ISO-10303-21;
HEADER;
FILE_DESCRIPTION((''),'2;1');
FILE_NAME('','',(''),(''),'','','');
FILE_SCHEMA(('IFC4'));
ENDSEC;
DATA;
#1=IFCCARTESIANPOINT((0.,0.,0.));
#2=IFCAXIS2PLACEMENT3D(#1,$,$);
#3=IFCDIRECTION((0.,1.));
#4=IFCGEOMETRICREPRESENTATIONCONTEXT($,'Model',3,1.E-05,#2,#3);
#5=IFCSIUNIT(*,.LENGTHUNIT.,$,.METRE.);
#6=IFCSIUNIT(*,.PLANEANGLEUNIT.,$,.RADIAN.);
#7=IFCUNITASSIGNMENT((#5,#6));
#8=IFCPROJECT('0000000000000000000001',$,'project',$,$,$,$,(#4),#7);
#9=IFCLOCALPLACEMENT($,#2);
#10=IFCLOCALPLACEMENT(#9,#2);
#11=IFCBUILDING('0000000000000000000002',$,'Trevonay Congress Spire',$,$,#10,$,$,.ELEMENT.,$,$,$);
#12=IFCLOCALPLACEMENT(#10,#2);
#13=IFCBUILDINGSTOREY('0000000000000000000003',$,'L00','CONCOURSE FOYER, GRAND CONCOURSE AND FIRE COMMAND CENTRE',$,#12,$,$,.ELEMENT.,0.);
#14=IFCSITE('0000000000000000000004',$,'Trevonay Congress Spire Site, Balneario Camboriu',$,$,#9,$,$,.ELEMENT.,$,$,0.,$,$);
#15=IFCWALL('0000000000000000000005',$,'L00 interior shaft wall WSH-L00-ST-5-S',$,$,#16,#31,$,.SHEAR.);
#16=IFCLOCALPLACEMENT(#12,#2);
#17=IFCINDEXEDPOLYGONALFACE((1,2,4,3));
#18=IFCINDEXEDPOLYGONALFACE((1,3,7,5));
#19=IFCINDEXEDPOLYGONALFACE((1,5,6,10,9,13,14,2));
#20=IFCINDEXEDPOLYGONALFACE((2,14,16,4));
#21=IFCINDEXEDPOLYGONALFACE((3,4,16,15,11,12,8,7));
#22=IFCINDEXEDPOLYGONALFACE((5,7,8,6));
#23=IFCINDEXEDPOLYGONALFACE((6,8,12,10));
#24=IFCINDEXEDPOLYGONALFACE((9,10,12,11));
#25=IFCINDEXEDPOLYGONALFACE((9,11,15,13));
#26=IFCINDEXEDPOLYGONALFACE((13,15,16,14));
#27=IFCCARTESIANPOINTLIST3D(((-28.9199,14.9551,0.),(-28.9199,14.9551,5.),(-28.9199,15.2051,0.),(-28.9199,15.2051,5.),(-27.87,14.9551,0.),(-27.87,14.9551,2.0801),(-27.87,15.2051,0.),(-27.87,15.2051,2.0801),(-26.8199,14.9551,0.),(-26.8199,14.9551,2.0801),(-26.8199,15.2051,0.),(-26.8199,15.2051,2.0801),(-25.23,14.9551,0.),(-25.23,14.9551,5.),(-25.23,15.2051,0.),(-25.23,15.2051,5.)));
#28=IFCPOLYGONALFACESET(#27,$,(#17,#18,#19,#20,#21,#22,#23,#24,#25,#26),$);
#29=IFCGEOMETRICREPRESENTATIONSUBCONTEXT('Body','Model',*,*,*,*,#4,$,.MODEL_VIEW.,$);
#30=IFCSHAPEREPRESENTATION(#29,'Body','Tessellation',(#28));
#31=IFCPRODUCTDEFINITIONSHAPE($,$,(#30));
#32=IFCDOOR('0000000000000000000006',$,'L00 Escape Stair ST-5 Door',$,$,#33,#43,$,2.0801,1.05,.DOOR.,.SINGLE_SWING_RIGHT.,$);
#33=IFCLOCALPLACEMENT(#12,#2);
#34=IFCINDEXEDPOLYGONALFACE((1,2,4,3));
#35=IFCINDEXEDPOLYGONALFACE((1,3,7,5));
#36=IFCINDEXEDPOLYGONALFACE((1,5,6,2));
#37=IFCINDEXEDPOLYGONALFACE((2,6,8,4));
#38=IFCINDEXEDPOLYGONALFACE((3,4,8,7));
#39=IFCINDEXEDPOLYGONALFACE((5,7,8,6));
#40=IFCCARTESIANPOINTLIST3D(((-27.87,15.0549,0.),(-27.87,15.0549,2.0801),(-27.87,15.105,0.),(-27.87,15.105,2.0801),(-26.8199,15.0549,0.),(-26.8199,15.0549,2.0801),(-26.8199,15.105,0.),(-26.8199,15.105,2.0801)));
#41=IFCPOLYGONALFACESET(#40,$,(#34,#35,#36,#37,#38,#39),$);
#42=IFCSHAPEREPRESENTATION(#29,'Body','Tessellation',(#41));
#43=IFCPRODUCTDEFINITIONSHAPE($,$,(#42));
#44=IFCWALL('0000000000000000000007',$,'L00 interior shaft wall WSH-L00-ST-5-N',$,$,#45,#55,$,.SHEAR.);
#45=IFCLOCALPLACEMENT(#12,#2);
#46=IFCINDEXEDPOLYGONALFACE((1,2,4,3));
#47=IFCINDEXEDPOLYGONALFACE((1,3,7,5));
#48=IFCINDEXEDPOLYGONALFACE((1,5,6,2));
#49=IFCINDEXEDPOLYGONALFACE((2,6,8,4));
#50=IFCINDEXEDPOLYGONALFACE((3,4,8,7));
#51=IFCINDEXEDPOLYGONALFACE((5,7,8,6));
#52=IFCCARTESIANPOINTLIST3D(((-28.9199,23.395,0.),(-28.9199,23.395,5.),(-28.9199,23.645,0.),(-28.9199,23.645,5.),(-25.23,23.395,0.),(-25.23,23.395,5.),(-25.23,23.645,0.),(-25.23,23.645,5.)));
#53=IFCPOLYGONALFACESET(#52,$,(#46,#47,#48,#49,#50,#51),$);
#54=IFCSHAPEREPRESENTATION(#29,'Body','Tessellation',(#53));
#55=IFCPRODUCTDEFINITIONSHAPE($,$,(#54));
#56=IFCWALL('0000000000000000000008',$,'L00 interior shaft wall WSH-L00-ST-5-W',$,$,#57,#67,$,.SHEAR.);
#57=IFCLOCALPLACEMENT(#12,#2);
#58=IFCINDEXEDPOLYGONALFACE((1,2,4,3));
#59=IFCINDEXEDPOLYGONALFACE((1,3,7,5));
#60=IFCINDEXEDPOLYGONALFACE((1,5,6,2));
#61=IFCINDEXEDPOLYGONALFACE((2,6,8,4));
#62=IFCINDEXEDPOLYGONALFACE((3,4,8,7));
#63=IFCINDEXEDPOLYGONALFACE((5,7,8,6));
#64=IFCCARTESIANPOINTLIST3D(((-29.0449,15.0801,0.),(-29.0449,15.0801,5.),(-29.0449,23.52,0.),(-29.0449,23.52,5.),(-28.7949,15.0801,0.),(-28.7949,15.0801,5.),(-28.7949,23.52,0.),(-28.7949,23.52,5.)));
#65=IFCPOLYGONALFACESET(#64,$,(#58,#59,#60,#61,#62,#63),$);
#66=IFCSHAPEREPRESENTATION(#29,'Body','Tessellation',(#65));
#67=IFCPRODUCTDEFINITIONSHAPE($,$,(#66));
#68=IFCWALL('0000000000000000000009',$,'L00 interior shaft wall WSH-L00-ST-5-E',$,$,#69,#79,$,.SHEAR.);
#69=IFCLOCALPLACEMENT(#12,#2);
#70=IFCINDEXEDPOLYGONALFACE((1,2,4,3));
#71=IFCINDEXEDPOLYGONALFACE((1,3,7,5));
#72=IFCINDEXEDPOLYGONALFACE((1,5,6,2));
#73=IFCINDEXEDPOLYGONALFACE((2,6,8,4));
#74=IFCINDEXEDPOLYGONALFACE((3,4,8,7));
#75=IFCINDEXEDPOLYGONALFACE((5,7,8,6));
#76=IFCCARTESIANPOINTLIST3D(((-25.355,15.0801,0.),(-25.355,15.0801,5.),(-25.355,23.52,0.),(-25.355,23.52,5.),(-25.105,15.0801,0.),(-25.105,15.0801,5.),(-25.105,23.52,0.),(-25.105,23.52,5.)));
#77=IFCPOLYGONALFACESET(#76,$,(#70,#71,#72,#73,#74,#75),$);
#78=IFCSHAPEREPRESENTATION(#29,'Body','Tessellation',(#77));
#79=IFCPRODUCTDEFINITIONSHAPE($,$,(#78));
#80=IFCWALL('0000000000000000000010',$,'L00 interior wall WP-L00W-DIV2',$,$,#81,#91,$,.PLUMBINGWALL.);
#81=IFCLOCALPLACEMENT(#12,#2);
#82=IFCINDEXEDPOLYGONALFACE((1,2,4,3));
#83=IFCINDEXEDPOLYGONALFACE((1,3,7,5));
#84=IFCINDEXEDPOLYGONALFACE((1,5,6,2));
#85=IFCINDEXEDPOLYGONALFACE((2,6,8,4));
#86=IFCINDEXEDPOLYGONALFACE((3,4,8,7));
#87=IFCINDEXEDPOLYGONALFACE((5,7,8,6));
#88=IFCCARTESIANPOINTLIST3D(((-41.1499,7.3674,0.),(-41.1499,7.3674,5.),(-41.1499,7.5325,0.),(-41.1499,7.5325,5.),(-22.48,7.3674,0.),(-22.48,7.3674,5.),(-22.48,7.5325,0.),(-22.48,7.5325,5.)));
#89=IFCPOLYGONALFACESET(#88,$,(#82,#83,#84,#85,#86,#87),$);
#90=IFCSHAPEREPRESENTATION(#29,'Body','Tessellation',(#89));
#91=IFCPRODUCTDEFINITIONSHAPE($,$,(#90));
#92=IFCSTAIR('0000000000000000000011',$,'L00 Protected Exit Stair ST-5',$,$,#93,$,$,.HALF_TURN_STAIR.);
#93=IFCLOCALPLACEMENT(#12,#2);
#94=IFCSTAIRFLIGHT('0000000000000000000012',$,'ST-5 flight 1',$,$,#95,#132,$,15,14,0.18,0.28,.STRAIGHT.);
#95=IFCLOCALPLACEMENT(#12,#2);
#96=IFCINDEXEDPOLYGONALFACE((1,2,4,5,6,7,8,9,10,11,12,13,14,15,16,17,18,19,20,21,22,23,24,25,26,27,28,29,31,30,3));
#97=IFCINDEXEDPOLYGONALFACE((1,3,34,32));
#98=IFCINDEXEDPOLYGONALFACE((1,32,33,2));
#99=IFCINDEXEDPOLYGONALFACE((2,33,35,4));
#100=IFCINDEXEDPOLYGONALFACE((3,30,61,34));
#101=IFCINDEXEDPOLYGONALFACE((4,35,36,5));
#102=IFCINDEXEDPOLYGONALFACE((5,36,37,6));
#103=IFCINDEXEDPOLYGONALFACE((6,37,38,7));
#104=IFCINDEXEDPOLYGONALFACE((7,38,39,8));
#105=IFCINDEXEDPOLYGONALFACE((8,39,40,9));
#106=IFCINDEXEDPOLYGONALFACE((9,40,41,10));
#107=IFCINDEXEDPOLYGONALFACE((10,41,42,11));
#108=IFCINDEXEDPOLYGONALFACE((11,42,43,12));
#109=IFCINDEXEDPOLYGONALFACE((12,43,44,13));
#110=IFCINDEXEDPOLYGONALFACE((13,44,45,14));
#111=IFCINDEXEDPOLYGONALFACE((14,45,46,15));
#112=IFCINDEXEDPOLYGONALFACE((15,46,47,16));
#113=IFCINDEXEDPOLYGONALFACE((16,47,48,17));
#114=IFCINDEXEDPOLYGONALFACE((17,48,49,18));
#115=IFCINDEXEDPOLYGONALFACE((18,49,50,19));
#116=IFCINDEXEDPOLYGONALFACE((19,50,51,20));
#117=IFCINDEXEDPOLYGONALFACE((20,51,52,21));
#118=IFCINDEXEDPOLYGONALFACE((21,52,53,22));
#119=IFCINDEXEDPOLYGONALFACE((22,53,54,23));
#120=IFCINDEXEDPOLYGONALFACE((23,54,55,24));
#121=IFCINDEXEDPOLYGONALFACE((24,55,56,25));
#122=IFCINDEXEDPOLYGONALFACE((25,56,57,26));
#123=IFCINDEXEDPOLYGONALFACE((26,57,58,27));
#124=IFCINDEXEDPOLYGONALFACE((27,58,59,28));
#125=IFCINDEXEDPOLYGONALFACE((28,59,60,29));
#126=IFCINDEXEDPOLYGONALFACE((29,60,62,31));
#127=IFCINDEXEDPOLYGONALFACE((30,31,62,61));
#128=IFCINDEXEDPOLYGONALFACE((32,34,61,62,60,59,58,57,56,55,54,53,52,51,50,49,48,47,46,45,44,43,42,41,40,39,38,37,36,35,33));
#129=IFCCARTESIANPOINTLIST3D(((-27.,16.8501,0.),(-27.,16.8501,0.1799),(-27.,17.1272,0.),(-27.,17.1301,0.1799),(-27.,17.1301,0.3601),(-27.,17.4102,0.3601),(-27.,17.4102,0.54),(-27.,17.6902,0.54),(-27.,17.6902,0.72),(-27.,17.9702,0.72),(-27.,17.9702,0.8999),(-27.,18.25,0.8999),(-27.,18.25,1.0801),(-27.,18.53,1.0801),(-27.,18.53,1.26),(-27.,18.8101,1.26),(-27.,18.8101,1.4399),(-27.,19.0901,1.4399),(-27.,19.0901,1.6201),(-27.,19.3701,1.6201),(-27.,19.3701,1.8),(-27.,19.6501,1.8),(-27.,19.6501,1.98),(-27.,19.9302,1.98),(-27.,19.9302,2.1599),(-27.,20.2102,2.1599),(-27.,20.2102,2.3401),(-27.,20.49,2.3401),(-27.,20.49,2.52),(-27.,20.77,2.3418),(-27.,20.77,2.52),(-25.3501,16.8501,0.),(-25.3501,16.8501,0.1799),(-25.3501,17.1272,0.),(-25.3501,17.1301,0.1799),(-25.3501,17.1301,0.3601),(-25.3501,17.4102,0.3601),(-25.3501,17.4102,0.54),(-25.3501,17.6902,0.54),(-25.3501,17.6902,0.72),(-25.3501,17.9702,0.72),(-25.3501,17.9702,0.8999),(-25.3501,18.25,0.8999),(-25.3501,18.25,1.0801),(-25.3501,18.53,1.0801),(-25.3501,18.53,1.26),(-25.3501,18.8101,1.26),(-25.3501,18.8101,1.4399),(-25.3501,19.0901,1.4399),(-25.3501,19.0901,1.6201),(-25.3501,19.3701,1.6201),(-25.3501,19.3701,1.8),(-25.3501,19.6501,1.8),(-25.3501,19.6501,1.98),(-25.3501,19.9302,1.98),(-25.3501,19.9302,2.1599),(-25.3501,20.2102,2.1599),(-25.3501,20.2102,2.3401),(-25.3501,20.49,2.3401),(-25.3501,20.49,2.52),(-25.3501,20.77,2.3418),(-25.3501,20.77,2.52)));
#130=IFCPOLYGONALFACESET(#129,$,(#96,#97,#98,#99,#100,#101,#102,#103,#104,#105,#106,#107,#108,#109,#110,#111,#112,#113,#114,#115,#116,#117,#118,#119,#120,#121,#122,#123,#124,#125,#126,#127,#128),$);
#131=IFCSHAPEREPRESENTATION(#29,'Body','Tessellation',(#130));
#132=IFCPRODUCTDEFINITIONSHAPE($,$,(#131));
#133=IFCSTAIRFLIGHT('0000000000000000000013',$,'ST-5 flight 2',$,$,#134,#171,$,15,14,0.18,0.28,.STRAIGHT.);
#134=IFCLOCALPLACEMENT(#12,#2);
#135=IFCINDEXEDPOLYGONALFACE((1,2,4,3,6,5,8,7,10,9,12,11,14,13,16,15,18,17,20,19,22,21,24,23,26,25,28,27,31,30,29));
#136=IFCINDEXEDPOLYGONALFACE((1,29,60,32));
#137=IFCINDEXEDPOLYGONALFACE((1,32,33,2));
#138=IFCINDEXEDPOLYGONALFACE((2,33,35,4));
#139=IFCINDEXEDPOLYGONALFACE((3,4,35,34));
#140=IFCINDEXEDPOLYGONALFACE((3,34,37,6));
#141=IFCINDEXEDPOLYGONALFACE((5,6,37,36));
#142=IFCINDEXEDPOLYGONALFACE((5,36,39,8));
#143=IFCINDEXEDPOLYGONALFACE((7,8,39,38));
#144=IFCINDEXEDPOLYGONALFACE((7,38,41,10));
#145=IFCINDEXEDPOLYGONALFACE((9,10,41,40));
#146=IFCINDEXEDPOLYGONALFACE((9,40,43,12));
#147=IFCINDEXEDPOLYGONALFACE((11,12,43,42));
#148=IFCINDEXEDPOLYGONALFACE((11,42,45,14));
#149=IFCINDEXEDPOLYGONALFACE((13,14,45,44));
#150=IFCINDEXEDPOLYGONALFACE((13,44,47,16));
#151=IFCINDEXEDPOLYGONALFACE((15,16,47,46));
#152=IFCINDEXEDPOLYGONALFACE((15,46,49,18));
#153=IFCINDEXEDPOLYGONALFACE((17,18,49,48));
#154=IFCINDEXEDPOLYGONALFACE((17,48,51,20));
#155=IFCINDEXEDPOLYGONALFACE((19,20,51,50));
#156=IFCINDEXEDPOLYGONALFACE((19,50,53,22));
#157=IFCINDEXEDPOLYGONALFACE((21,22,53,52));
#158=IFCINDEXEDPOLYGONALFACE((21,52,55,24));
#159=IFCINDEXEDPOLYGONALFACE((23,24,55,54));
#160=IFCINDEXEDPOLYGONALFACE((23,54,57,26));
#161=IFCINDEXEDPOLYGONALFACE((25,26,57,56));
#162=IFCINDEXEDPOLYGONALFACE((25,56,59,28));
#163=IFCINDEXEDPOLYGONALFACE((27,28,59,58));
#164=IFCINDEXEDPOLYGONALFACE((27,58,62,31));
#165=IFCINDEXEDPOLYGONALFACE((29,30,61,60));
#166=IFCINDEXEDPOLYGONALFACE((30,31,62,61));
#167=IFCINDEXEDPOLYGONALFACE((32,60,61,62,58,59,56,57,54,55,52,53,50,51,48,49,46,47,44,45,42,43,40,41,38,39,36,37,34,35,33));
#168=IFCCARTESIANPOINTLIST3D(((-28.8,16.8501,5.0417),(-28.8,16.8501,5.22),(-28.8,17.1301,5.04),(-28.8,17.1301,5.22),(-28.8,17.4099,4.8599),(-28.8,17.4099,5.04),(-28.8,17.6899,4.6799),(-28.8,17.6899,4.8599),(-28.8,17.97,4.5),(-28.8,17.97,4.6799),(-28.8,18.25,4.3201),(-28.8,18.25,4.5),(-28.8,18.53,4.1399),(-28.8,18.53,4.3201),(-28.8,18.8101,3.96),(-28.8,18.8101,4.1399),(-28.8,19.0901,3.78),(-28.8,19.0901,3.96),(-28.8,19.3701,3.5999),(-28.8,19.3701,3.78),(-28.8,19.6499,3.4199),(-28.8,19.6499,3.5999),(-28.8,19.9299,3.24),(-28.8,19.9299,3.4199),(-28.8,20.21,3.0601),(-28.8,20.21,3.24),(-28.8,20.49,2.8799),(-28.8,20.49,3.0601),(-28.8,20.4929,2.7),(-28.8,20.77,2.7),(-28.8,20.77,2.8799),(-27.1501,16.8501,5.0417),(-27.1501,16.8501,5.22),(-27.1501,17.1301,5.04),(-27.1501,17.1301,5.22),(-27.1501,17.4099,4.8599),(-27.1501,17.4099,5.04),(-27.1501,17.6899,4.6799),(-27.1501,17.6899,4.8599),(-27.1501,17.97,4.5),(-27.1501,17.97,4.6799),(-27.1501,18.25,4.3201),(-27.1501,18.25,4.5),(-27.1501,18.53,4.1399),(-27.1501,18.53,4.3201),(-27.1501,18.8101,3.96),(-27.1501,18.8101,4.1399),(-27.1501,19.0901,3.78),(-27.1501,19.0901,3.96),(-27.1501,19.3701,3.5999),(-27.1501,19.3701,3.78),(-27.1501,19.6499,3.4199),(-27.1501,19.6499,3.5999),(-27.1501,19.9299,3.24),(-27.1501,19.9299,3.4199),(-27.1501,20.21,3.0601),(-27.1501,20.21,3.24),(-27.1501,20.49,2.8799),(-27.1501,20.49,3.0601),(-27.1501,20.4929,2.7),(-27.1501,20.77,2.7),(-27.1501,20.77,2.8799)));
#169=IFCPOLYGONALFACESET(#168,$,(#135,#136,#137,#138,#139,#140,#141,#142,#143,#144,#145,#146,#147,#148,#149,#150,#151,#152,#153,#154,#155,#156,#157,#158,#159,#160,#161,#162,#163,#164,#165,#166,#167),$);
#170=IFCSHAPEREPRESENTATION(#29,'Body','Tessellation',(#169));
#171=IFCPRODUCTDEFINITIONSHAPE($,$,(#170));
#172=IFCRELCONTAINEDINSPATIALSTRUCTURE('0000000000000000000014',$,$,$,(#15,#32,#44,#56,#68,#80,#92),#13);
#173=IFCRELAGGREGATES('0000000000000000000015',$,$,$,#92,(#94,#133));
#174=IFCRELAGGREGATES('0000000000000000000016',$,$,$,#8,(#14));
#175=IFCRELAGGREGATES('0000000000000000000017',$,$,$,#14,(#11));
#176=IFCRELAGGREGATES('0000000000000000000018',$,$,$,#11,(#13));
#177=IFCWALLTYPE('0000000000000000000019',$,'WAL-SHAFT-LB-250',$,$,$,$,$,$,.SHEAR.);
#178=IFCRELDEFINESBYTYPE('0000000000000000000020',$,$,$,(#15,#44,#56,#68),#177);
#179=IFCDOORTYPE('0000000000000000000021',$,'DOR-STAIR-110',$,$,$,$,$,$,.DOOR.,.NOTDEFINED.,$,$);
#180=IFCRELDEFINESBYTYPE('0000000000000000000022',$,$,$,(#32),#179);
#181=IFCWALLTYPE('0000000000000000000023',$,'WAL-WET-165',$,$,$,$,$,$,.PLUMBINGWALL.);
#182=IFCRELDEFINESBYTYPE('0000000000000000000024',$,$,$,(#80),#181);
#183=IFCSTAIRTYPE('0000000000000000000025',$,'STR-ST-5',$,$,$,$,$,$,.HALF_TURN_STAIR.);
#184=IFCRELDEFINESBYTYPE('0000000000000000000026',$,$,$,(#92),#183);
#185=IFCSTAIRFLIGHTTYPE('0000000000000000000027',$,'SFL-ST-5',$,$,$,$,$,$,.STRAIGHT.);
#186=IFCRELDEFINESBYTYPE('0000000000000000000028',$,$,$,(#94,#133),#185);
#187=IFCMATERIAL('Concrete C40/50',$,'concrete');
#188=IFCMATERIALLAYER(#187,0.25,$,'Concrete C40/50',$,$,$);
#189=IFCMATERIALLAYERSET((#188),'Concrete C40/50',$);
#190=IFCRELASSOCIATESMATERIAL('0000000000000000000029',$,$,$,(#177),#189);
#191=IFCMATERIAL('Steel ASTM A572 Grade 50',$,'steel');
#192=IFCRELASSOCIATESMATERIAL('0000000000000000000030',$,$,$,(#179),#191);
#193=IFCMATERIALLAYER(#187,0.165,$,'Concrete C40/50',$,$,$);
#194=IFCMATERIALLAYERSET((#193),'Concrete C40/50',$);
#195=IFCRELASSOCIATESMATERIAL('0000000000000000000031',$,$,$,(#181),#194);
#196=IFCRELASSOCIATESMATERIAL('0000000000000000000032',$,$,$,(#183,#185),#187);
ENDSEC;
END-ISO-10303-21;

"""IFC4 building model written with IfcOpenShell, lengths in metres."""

from ifc_helpers import new_model, si_unit, direction, frame, frame_2d, origin, place, context, subcontext, project, spatial, polyline, rectangle, outline, extrude, material, layer, layer_set, type_object, element, fill, aggregate, save


model = new_model("IFC4")

# Units and contexts
model_context = context("Model", 3, precision=1e-05, world=origin(), true_north=direction((0.0, 1.0)))
body_context = subcontext(model_context, "Body", "Model", "MODEL_VIEW")
ifc_project = project(units=[si_unit("LENGTHUNIT", "METRE"), si_unit("PLANEANGLEUNIT", "RADIAN")], contexts=[model_context])

# Site, building, storey
site_placement = place(None, origin())
site = spatial("IfcSite", under=ifc_project, at=site_placement, Name="Trevonay Congress Spire Site, Balneario Camboriu", CompositionType="ELEMENT", RefElevation=0.0)
building_placement = place(site_placement, origin())
building = spatial("IfcBuilding", under=site, at=building_placement, Name="Trevonay Congress Spire", CompositionType="ELEMENT")
storey_placement = place(building_placement, origin())
storey = spatial("IfcBuildingStorey", under=building, at=storey_placement, Name="L00", Description="CONCOURSE FOYER, GRAND CONCOURSE AND FIRE COMMAND CENTRE", CompositionType="ELEMENT", Elevation=0.0)

# Shared definitions
ifc_material_1 = material(Name="Steel ASTM A572 Grade 50", Category="steel")

# Shared definitions
ifc_material_2 = material(Name="Concrete C40/50", Category="concrete")

# Wall, opening, door
ifc_layer_1 = layer(ifc_material_2, 0.25, Name="Concrete C40/50")
ifc_layer_set_1 = layer_set([ifc_layer_1], Name="Concrete C40/50")
wall_type_1 = type_object("IfcWallType", Name="WAL-SHAFT-LB-250", PredefinedType="SHEAR", material=ifc_layer_set_1)
wall_1_placement = place(storey_placement, frame((-28.9199, 15.0801, 0.0), z_axis=(0.0, 0.0, 1.0), x_axis=(1.0, 0.0, 0.0)))
wall_1 = element("IfcWall", 1, at=wall_1_placement, inside=storey, type_object=wall_type_1, Name="L00 interior shaft wall WSH-L00-ST-5-S", PredefinedType="SHEAR", context=body_context, shape_type="SweptSolid", body=[
    extrude(rectangle(XDim=3.6899, YDim=0.25, at=frame_2d((1.845, 0.0))), origin(), (0.0, 0.0, 1.0), 5.0),
])
opening_1_placement = place(wall_1_placement, frame((1.05, 0.0, 0.0)))
opening_1 = element("IfcOpeningElement", 2, at=opening_1_placement, cuts=wall_1, PredefinedType="OPENING", context=body_context, shape_type="SweptSolid", body=[
    extrude(rectangle(XDim=1.05, YDim=2.0801, at=frame_2d((0.5249, 1.04))), frame((0.0, 0.135, 0.0), z_axis=(0.0, -1.0, 0.0), x_axis=(1.0, 0.0, 0.0)), (0.0, 0.0, 1.0), 0.27),
])
door_type_1 = type_object("IfcDoorType", Name="DOR-STAIR-110", OperationType="NOTDEFINED", PredefinedType="DOOR", material=ifc_material_1)
door_1_placement = place(opening_1_placement, origin())
door_1 = element("IfcDoor", 3, at=door_1_placement, inside=storey, type_object=door_type_1, Name="L00 Escape Stair ST-5 Door", OperationType="SINGLE_SWING_RIGHT", OverallHeight=2.0801, OverallWidth=1.05, PredefinedType="DOOR", context=body_context, shape_type="SweptSolid", body=[
    extrude(rectangle(XDim=1.05, YDim=2.0801, at=frame_2d((0.5249, 1.04))), frame((0.0, 0.0249, 0.0), z_axis=(0.0, -1.0, 0.0), x_axis=(1.0, 0.0, 0.0)), (0.0, 0.0, 1.0), 0.05),
])
fill(opening_1, door_1)

# Walls
wall_2_placement = place(storey_placement, frame((-28.9199, 23.52, 0.0), z_axis=(0.0, 0.0, 1.0), x_axis=(1.0, 0.0, 0.0)))
element("IfcWall", 4, at=wall_2_placement, inside=storey, type_object=wall_type_1, Name="L00 interior shaft wall WSH-L00-ST-5-N", PredefinedType="SHEAR", context=body_context, shape_type="SweptSolid", body=[
    extrude(rectangle(XDim=3.6899, YDim=0.25, at=frame_2d((1.845, 0.0))), origin(), (0.0, 0.0, 1.0), 5.0),
])
for number, where, z_axis, x_axis, name in (
    (5, (-28.9199, 15.0801, 0.0), (0.0, 0.0, 1.0), (0.0, 1.0, 0.0), "L00 interior shaft wall WSH-L00-ST-5-W"),
    (6, (-25.23, 15.0801, 0.0), (0.0, 0.0, 1.0), (0.0, 1.0, 0.0), "L00 interior shaft wall WSH-L00-ST-5-E"),
):
    element("IfcWall", number, at=place(storey_placement, frame(where, z_axis=z_axis, x_axis=x_axis)), inside=storey, type_object=wall_type_1, Name=name, PredefinedType="SHEAR", context=body_context, shape_type="SweptSolid", body=[
        extrude(rectangle(XDim=8.4399, YDim=0.25, at=frame_2d((4.22, 0.0))), origin(), (0.0, 0.0, 1.0), 5.0),
    ])
ifc_layer_2 = layer(ifc_material_2, 0.165, Name="Concrete C40/50")
ifc_layer_set_2 = layer_set([ifc_layer_2], Name="Concrete C40/50")
wall_type_2 = type_object("IfcWallType", Name="WAL-WET-165", PredefinedType="PLUMBINGWALL", material=ifc_layer_set_2)
wall_3_placement = place(storey_placement, frame((-41.1499, 7.45, 0.0), z_axis=(0.0, 0.0, 1.0), x_axis=(1.0, 0.0, 0.0)))
element("IfcWall", 7, at=wall_3_placement, inside=storey, type_object=wall_type_2, Name="L00 interior wall WP-L00W-DIV2", PredefinedType="PLUMBINGWALL", context=body_context, shape_type="SweptSolid", body=[
    extrude(rectangle(XDim=18.6699, YDim=0.165, at=frame_2d((9.335, 0.0))), origin(), (0.0, 0.0, 1.0), 5.0),
])

# Stair, stair flights
stair_type = type_object("IfcStairType", Name="STR-ST-5", PredefinedType="HALF_TURN_STAIR", material=ifc_material_2)
stair_placement = place(storey_placement, origin())
stair = element("IfcStair", 8, at=stair_placement, inside=storey, type_object=stair_type, Name="L00 Protected Exit Stair ST-5", PredefinedType="HALF_TURN_STAIR")
stair_flight_type = type_object("IfcStairFlightType", Name="SFL-ST-5", PredefinedType="STRAIGHT", material=ifc_material_2)
stair_flight_1_placement = place(storey_placement, frame((-26.175, 16.8501, 0.0), z_axis=(0.0, 0.0, 1.0), x_axis=(0.0, 1.0, 0.0)))
stair_flight_1 = element("IfcStairFlight", 9, at=stair_flight_1_placement, type_object=stair_flight_type, Name="ST-5 flight 1", NumberOfRisers=15, NumberOfTreads=14, PredefinedType="STRAIGHT", RiserHeight=0.18, TreadLength=0.28, context=body_context, shape_type="SweptSolid", body=[
    extrude(outline(polyline([(0.0, 0.0), (0.0, 0.1799), (0.28, 0.1799), (0.28, 0.3601), (0.5601, 0.3601), (0.5601, 0.54), (0.8401, 0.54), (0.8401, 0.72), (1.1201, 0.72), (1.1201, 0.8999), (1.3999, 0.8999), (1.3999, 1.0801), (1.6799, 1.0801), (1.6799, 1.26), (1.96, 1.26), (1.96, 1.4399), (2.24, 1.4399), (2.24, 1.6201), (2.52, 1.6201), (2.52, 1.8), (2.8, 1.8), (2.8, 1.98), (3.0801, 1.98), (3.0801, 2.1599), (3.3601, 2.1599), (3.3601, 2.3401), (3.6399, 2.3401), (3.6399, 2.52), (3.9199, 2.52), (3.9199, 2.7), (3.9199, 2.3418), (0.2771, 0.0), (0.0, 0.0)])), frame((0.0, 0.825, 0.0), z_axis=(0.0, -1.0, 0.0), x_axis=(1.0, 0.0, 0.0)), (0.0, 0.0, 1.0), 1.6499),
])
stair_flight_2_placement = place(storey_placement, frame((-27.9751, 20.77, 2.7), z_axis=(0.0, 0.0, 1.0), x_axis=(0.0, -1.0, 0.0)))
stair_flight_2 = element("IfcStairFlight", 10, at=stair_flight_2_placement, type_object=stair_flight_type, Name="ST-5 flight 2", NumberOfRisers=15, NumberOfTreads=14, PredefinedType="STRAIGHT", RiserHeight=0.18, TreadLength=0.28, context=body_context, shape_type="SweptSolid", body=[
    extrude(outline(polyline([(0.0, 0.0), (0.0, 0.1799), (0.28, 0.1799), (0.28, 0.3601), (0.5601, 0.3601), (0.5601, 0.54), (0.8401, 0.54), (0.8401, 0.72), (1.1201, 0.72), (1.1201, 0.8999), (1.3999, 0.8999), (1.3999, 1.0801), (1.6799, 1.0801), (1.6799, 1.26), (1.96, 1.26), (1.96, 1.4399), (2.24, 1.4399), (2.24, 1.6201), (2.52, 1.6201), (2.52, 1.8), (2.8, 1.8), (2.8, 1.98), (3.0801, 1.98), (3.0801, 2.1599), (3.3601, 2.1599), (3.3601, 2.3401), (3.6399, 2.3401), (3.6399, 2.52), (3.9199, 2.52), (3.9199, 2.7), (3.9199, 2.3418), (0.2771, 0.0), (0.0, 0.0)])), frame((0.0, 0.825, 0.0), z_axis=(0.0, -1.0, 0.0), x_axis=(1.0, 0.0, 0.0)), (0.0, 0.0, 1.0), 1.6499),
])
aggregate(stair, [stair_flight_1, stair_flight_2])

save(model, "model.ifc")
